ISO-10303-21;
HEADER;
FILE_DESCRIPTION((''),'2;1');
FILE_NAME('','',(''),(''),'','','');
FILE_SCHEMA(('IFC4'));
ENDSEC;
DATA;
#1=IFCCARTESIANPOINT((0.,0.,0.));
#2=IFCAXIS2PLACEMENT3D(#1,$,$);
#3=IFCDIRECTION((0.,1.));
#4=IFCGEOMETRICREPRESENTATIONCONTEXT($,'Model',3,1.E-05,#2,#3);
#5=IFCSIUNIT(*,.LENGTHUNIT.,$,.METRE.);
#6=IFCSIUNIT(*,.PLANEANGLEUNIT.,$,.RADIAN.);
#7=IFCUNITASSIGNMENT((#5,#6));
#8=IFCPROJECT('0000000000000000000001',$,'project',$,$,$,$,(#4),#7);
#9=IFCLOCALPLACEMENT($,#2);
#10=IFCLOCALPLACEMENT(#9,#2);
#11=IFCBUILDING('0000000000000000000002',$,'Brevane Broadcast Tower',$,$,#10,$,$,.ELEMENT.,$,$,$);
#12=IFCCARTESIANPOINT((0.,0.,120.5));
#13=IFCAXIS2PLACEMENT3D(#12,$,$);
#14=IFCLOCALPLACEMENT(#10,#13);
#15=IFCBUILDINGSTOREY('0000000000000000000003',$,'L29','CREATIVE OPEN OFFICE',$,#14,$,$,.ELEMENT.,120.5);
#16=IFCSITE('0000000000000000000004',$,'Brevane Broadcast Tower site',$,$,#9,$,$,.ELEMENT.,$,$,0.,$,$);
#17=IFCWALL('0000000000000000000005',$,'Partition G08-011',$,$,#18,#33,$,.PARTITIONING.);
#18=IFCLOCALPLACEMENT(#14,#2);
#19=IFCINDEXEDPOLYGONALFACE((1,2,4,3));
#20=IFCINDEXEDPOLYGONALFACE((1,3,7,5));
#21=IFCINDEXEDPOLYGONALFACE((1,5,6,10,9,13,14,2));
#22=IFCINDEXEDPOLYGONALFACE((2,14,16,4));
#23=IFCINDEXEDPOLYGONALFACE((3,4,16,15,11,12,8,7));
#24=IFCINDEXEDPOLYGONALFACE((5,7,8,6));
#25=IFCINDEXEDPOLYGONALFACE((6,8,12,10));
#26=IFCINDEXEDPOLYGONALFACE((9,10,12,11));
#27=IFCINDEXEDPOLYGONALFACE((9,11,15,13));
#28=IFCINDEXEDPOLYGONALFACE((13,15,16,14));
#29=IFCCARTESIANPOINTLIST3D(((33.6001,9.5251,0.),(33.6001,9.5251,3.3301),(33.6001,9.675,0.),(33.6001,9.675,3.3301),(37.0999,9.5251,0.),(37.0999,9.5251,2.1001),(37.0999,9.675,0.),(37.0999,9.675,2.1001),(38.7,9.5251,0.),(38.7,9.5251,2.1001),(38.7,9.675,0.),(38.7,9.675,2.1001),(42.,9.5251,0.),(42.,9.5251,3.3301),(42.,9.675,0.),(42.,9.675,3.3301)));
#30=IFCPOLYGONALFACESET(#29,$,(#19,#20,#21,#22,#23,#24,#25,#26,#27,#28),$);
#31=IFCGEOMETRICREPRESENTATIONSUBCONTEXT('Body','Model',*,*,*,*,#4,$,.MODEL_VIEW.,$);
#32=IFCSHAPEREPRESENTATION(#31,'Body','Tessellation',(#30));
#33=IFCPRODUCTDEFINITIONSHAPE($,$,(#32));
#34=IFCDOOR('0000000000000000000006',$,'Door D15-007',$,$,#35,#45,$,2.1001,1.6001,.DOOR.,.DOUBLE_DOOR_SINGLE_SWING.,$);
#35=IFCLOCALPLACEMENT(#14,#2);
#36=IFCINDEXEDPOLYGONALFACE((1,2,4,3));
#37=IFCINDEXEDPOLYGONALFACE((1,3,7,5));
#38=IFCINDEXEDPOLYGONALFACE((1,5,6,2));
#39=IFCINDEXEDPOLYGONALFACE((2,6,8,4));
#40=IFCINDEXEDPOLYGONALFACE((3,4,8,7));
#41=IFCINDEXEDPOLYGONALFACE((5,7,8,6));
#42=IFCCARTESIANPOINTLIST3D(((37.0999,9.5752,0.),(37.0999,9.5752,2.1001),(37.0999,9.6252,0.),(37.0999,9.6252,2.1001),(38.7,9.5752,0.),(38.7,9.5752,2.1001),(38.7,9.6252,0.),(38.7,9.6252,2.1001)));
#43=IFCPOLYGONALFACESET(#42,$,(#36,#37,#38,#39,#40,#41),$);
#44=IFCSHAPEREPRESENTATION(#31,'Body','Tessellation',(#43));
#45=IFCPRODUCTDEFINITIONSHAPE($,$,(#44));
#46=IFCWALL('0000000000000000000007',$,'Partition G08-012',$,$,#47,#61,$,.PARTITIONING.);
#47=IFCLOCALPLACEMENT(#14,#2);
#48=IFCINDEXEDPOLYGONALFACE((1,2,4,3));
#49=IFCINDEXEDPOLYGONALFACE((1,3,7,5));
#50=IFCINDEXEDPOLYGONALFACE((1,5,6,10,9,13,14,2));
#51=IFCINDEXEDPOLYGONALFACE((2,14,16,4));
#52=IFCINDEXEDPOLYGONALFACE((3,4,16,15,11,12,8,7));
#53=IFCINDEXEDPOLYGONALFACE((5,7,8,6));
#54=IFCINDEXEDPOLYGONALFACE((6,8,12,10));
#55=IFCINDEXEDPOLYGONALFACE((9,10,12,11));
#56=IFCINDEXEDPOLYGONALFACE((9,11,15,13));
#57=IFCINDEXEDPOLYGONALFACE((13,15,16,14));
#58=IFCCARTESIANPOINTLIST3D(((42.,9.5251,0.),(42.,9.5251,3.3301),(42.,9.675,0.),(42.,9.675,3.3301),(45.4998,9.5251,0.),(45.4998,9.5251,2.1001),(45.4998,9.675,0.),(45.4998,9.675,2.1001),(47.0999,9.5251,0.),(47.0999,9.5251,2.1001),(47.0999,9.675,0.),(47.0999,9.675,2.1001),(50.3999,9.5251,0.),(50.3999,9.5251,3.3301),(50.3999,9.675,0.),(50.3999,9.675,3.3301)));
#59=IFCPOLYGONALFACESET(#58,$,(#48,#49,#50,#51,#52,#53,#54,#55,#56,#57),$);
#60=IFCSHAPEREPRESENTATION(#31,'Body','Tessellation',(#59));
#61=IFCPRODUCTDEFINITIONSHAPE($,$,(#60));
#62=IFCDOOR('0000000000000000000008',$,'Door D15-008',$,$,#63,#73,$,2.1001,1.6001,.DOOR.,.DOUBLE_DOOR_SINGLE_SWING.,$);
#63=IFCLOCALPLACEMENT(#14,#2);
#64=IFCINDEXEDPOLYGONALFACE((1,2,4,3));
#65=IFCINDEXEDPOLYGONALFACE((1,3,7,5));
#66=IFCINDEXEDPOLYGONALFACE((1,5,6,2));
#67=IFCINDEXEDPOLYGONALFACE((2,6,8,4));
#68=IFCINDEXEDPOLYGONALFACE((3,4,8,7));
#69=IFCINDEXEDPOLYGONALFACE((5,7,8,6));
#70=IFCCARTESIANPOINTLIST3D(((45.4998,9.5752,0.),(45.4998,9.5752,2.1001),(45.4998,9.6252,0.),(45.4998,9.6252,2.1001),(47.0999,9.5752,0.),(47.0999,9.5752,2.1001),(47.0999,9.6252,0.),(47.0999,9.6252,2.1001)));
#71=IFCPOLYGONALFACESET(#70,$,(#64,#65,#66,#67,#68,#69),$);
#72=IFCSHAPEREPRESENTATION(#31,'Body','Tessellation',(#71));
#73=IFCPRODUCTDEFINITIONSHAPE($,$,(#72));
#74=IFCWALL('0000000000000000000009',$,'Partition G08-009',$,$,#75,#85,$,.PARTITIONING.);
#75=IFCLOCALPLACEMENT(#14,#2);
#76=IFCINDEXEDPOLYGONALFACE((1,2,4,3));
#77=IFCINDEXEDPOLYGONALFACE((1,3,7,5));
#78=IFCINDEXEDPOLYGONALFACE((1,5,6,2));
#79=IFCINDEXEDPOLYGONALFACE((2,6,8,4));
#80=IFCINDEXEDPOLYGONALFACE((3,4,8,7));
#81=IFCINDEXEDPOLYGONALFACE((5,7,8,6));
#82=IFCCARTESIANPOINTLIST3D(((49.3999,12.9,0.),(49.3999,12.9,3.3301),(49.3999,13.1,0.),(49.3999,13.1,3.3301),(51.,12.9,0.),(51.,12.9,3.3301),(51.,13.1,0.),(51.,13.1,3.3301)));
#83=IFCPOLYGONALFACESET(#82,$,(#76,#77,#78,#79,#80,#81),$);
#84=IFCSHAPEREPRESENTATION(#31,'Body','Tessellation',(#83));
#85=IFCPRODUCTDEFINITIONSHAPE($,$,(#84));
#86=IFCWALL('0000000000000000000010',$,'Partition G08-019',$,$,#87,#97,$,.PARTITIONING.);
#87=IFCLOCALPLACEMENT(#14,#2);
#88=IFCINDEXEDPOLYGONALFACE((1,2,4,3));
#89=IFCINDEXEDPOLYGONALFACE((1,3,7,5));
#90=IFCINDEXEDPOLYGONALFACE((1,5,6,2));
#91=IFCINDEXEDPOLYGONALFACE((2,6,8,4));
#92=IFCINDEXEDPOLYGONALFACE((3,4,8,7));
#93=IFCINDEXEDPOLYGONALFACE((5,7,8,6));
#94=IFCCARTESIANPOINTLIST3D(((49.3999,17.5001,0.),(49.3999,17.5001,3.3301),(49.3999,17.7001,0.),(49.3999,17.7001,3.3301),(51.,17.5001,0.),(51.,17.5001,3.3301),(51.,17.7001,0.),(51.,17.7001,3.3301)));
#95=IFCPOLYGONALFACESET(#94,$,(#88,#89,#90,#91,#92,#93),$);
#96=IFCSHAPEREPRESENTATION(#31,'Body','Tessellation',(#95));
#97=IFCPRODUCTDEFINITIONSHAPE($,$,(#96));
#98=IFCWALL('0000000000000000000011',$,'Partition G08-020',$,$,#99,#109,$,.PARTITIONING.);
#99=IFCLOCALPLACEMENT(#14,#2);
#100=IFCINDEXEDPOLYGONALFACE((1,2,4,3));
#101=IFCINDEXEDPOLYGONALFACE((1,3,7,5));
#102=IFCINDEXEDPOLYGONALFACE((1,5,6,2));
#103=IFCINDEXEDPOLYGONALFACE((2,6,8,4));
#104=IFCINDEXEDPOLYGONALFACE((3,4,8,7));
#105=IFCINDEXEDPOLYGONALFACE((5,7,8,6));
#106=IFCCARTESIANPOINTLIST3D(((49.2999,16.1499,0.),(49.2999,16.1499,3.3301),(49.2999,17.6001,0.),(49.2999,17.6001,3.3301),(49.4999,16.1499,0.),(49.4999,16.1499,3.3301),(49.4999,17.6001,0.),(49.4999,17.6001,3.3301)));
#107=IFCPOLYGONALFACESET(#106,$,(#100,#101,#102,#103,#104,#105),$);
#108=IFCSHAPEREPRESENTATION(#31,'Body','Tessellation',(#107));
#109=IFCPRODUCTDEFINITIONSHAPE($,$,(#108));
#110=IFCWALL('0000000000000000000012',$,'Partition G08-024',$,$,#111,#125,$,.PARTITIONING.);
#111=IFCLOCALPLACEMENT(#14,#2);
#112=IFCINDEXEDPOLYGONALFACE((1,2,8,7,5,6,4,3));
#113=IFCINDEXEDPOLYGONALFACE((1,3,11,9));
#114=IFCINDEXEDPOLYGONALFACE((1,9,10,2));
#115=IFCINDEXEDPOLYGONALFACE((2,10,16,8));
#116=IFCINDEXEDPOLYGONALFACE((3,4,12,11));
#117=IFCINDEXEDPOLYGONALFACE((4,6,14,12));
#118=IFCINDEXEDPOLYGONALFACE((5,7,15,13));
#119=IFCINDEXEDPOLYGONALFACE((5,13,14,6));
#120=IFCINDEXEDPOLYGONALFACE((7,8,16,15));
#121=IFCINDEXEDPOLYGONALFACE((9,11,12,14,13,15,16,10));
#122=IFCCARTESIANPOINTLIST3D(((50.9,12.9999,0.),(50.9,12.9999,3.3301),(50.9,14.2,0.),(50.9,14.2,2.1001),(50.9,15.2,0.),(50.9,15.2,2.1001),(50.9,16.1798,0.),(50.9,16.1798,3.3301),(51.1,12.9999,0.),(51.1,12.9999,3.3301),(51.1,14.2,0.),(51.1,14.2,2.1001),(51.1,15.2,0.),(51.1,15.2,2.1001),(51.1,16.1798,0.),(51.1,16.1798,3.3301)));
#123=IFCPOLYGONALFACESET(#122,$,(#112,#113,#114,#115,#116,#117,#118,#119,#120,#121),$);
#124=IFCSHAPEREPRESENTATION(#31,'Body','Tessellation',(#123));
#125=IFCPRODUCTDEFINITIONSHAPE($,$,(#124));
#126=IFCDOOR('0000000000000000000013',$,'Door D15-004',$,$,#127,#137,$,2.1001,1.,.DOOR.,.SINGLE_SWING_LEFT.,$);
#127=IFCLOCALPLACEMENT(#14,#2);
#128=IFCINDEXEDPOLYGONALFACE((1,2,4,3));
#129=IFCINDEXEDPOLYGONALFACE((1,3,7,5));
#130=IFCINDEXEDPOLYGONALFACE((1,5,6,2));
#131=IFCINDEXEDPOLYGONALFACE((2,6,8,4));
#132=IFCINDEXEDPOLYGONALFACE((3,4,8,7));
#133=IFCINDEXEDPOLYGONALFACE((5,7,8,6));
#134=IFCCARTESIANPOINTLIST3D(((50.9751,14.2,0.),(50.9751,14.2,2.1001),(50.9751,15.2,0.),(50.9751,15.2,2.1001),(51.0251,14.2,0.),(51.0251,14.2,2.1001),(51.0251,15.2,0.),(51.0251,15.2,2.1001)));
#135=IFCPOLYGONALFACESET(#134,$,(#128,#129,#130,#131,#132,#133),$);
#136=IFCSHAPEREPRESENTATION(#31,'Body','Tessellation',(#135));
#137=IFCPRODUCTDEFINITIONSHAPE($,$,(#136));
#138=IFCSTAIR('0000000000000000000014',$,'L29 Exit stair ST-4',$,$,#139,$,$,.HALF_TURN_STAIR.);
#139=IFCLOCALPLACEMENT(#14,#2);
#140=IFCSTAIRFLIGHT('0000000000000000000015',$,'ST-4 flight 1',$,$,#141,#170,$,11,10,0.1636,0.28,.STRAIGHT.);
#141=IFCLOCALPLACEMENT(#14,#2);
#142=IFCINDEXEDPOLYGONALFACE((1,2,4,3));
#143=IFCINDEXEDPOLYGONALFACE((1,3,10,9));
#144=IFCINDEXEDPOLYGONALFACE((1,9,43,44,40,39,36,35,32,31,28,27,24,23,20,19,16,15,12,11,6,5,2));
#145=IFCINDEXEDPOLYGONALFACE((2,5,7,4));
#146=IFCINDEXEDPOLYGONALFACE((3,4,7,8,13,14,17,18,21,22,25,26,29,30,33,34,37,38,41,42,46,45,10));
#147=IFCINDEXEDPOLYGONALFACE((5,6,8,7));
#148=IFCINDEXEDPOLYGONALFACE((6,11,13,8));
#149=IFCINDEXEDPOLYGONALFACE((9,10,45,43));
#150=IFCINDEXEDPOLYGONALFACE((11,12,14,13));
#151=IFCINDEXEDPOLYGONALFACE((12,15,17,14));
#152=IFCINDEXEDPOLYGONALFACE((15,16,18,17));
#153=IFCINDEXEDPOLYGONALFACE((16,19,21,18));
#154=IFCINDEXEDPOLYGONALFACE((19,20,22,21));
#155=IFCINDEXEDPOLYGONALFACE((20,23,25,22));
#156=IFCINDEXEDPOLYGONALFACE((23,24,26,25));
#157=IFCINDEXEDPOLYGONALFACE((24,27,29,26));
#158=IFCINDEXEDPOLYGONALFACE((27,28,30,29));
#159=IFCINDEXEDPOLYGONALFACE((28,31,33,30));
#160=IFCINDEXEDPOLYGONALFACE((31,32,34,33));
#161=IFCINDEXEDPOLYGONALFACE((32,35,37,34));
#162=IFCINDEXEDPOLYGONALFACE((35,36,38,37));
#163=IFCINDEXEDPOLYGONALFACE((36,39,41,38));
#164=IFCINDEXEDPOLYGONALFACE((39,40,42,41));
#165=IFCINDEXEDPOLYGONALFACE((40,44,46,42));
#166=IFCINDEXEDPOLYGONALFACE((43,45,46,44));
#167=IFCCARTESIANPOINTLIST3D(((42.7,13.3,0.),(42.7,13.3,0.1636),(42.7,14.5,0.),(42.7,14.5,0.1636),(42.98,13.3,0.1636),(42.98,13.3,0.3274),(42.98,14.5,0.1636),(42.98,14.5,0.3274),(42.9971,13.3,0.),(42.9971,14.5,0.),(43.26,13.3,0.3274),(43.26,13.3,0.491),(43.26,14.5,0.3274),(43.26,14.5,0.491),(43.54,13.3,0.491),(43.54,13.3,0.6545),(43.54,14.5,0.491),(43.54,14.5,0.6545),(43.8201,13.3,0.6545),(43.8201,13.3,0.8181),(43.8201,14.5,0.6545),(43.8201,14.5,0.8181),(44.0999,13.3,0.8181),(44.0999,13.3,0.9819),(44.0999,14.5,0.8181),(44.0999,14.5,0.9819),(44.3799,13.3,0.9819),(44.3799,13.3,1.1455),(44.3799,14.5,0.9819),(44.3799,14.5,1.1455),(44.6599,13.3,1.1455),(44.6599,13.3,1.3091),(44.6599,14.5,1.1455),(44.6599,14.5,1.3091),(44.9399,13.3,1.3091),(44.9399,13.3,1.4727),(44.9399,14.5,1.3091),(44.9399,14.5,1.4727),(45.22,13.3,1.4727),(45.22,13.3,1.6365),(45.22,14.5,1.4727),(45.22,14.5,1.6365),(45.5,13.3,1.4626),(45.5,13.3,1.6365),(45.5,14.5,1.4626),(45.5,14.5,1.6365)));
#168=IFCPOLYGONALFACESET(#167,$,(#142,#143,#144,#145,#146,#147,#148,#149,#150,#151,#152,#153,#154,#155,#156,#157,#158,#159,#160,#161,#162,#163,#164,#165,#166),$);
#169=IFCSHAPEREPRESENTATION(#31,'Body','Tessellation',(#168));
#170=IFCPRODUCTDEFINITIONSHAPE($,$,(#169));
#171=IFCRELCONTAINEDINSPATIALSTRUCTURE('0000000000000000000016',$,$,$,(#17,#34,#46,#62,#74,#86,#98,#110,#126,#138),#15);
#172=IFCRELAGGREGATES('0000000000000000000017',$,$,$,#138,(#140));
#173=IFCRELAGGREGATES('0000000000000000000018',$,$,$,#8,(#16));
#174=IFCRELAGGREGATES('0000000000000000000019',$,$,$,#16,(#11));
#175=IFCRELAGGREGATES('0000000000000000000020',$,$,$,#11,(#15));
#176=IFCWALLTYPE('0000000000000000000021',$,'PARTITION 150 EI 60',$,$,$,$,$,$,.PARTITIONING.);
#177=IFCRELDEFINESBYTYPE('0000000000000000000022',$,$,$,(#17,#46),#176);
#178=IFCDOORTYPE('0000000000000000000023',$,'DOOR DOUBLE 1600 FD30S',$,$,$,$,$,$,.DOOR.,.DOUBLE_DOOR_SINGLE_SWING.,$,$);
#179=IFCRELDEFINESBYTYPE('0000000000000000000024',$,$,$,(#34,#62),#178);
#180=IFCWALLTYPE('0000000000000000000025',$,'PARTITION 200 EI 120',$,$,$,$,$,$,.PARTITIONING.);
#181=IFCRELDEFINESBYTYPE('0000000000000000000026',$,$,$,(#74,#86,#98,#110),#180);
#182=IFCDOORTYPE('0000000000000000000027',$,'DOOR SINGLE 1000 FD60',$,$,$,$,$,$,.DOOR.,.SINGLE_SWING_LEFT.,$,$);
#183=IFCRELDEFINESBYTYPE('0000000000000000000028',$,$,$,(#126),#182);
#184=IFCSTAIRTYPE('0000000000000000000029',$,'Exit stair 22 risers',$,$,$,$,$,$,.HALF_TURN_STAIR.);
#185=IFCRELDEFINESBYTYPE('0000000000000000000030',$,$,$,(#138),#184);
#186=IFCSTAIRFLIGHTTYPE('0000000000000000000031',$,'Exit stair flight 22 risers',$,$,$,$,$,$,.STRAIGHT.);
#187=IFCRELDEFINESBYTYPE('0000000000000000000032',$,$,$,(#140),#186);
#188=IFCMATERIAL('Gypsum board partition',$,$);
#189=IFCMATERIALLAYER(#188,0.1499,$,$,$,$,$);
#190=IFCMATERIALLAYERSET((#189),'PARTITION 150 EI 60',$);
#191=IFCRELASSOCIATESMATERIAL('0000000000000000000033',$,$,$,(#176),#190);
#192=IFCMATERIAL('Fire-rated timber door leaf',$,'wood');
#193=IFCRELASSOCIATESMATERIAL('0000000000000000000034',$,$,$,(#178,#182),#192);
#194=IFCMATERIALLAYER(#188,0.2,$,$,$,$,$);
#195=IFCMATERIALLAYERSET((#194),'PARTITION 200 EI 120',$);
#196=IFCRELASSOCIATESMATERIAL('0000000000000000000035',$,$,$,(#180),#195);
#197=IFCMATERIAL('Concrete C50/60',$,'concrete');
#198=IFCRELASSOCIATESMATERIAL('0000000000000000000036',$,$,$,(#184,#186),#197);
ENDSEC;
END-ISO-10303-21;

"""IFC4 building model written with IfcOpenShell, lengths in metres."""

from ifc_helpers import new_model, si_unit, direction, frame, frame_2d, origin, place, context, subcontext, project, spatial, polyline, rectangle, outline, extrude, material, layer, layer_set, type_object, element, fill, aggregate, save


model = new_model("IFC4")

# Units and contexts
model_context = context("Model", 3, precision=1e-05, world=origin(), true_north=direction((0.0, 1.0)))
body_context = subcontext(model_context, "Body", "Model", "MODEL_VIEW")
ifc_project = project(units=[si_unit("LENGTHUNIT", "METRE"), si_unit("PLANEANGLEUNIT", "RADIAN")], contexts=[model_context])

# Site, building, storey
site_placement = place(None, origin())
site = spatial("IfcSite", under=ifc_project, at=site_placement, Name="Brevane Broadcast Tower site", CompositionType="ELEMENT", RefElevation=0.0)
building_placement = place(site_placement, origin())
building = spatial("IfcBuilding", under=site, at=building_placement, Name="Brevane Broadcast Tower", CompositionType="ELEMENT")
storey_placement = place(building_placement, frame((0.0, 0.0, 120.5)))
storey = spatial("IfcBuildingStorey", under=building, at=storey_placement, Name="L29", Description="CREATIVE OPEN OFFICE", CompositionType="ELEMENT", Elevation=120.5)

# Shared definitions
ifc_material_1 = material(Name="Gypsum board partition")

# Walls, openings, doors
ifc_layer_1 = layer(ifc_material_1, 0.1499)
ifc_layer_set_1 = layer_set([ifc_layer_1], Name="PARTITION 150 EI 60")
wall_type_1 = type_object("IfcWallType", Name="PARTITION 150 EI 60", PredefinedType="PARTITIONING", material=ifc_layer_set_1)
wall_1_placement = place(storey_placement, frame((42.0, 9.6001, 0.0), z_axis=(0.0, 0.0, 1.0), x_axis=(-1.0, 0.0, 0.0)))
wall_1 = element("IfcWall", 1, at=wall_1_placement, inside=storey, type_object=wall_type_1, Name="Partition G08-011", PredefinedType="PARTITIONING", context=body_context, shape_type="SweptSolid", body=[
    extrude(rectangle(XDim=8.3999, YDim=0.1499, at=frame_2d((4.2, 0.0))), origin(), (0.0, 0.0, 1.0), 3.3301),
])
opening_1_placement = place(wall_1_placement, frame((3.3, 0.0, 0.0)))
opening_1 = element("IfcOpeningElement", 2, at=opening_1_placement, cuts=wall_1, PredefinedType="OPENING", context=body_context, shape_type="SweptSolid", body=[
    extrude(rectangle(XDim=1.6001, YDim=2.1001, at=frame_2d((0.8, 1.05))), frame((0.0, 0.085, 0.0), z_axis=(0.0, -1.0, 0.0), x_axis=(1.0, 0.0, 0.0)), (0.0, 0.0, 1.0), 0.1699),
])
ifc_material_2 = material(Name="Fire-rated timber door leaf", Category="wood")
door_type_1 = type_object("IfcDoorType", Name="DOOR DOUBLE 1600 FD30S", OperationType="DOUBLE_DOOR_SINGLE_SWING", PredefinedType="DOOR", material=ifc_material_2)
door_1_placement = place(opening_1_placement, origin())
door_1 = element("IfcDoor", 3, at=door_1_placement, inside=storey, type_object=door_type_1, Name="Door D15-007", OperationType="DOUBLE_DOOR_SINGLE_SWING", OverallHeight=2.1001, OverallWidth=1.6001, PredefinedType="DOOR", context=body_context, shape_type="SweptSolid", body=[
    extrude(rectangle(XDim=1.6001, YDim=2.1001, at=frame_2d((0.8, 1.05))), frame((0.0, 0.0249, 0.0), z_axis=(0.0, -1.0, 0.0), x_axis=(1.0, 0.0, 0.0)), (0.0, 0.0, 1.0), 0.05),
])
fill(opening_1, door_1)
wall_2_placement = place(storey_placement, frame((50.3999, 9.6001, 0.0), z_axis=(0.0, 0.0, 1.0), x_axis=(-1.0, 0.0, 0.0)))
wall_2 = element("IfcWall", 4, at=wall_2_placement, inside=storey, type_object=wall_type_1, Name="Partition G08-012", PredefinedType="PARTITIONING", context=body_context, shape_type="SweptSolid", body=[
    extrude(rectangle(XDim=8.3999, YDim=0.1499, at=frame_2d((4.2, 0.0))), origin(), (0.0, 0.0, 1.0), 3.3301),
])
opening_2_placement = place(wall_2_placement, frame((3.3, 0.0, 0.0)))
opening_2 = element("IfcOpeningElement", 5, at=opening_2_placement, cuts=wall_2, PredefinedType="OPENING", context=body_context, shape_type="SweptSolid", body=[
    extrude(rectangle(XDim=1.6001, YDim=2.1001, at=frame_2d((0.8, 1.05))), frame((0.0, 0.085, 0.0), z_axis=(0.0, -1.0, 0.0), x_axis=(1.0, 0.0, 0.0)), (0.0, 0.0, 1.0), 0.1699),
])
door_2_placement = place(opening_2_placement, origin())
door_2 = element("IfcDoor", 6, at=door_2_placement, inside=storey, type_object=door_type_1, Name="Door D15-008", OperationType="DOUBLE_DOOR_SINGLE_SWING", OverallHeight=2.1001, OverallWidth=1.6001, PredefinedType="DOOR", context=body_context, shape_type="SweptSolid", body=[
    extrude(rectangle(XDim=1.6001, YDim=2.1001, at=frame_2d((0.8, 1.05))), frame((0.0, 0.0249, 0.0), z_axis=(0.0, -1.0, 0.0), x_axis=(1.0, 0.0, 0.0)), (0.0, 0.0, 1.0), 0.05),
])
fill(opening_2, door_2)

# Walls
ifc_layer_2 = layer(ifc_material_1, 0.2)
ifc_layer_set_2 = layer_set([ifc_layer_2], Name="PARTITION 200 EI 120")
wall_type_2 = type_object("IfcWallType", Name="PARTITION 200 EI 120", PredefinedType="PARTITIONING", material=ifc_layer_set_2)
for number, where, z_axis, x_axis, name in (
    (7, (49.3999, 13.0, 0.0), (0.0, 0.0, 1.0), (1.0, 0.0, 0.0), "Partition G08-009"),
    (8, (51.0, 17.6001, 0.0), (0.0, 0.0, 1.0), (-1.0, 0.0, 0.0), "Partition G08-019"),
):
    element("IfcWall", number, at=place(storey_placement, frame(where, z_axis=z_axis, x_axis=x_axis)), inside=storey, type_object=wall_type_2, Name=name, PredefinedType="PARTITIONING", context=body_context, shape_type="SweptSolid", body=[
        extrude(rectangle(XDim=1.6001, YDim=0.2, at=frame_2d((0.8, 0.0))), origin(), (0.0, 0.0, 1.0), 3.3301),
    ])
wall_3_placement = place(storey_placement, frame((49.3999, 17.6001, 0.0), z_axis=(0.0, 0.0, 1.0), x_axis=(0.0, -1.0, 0.0)))
element("IfcWall", 9, at=wall_3_placement, inside=storey, type_object=wall_type_2, Name="Partition G08-020", PredefinedType="PARTITIONING", context=body_context, shape_type="SweptSolid", body=[
    extrude(rectangle(XDim=1.4502, YDim=0.2, at=frame_2d((0.7251, 0.0))), origin(), (0.0, 0.0, 1.0), 3.3301),
])

# Wall, opening, door
wall_4_placement = place(storey_placement, frame((51.0, 13.0, 0.0), z_axis=(0.0, 0.0, 1.0), x_axis=(0.0, 1.0, 0.0)))
wall_4 = element("IfcWall", 10, at=wall_4_placement, inside=storey, type_object=wall_type_2, Name="Partition G08-024", PredefinedType="PARTITIONING", context=body_context, shape_type="SweptSolid", body=[
    extrude(rectangle(XDim=3.1799, YDim=0.2, at=frame_2d((1.5898, 0.0))), origin(), (0.0, 0.0, 1.0), 3.3301),
])
opening_3_placement = place(wall_4_placement, frame((1.2, 0.0, 0.0)))
opening_3 = element("IfcOpeningElement", 11, at=opening_3_placement, cuts=wall_4, PredefinedType="OPENING", context=body_context, shape_type="SweptSolid", body=[
    extrude(rectangle(XDim=1.0, YDim=2.1001, at=frame_2d((0.5, 1.05))), frame((0.0, 0.1099, 0.0), z_axis=(0.0, -1.0, 0.0), x_axis=(1.0, 0.0, 0.0)), (0.0, 0.0, 1.0), 0.22),
])
door_type_2 = type_object("IfcDoorType", Name="DOOR SINGLE 1000 FD60", OperationType="SINGLE_SWING_LEFT", PredefinedType="DOOR", material=ifc_material_2)
door_3_placement = place(opening_3_placement, origin())
door_3 = element("IfcDoor", 12, at=door_3_placement, inside=storey, type_object=door_type_2, Name="Door D15-004", OperationType="SINGLE_SWING_LEFT", OverallHeight=2.1001, OverallWidth=1.0, PredefinedType="DOOR", context=body_context, shape_type="SweptSolid", body=[
    extrude(rectangle(XDim=1.0, YDim=2.1001, at=frame_2d((0.5, 1.05))), frame((0.0, 0.0249, 0.0), z_axis=(0.0, -1.0, 0.0), x_axis=(1.0, 0.0, 0.0)), (0.0, 0.0, 1.0), 0.05),
])
fill(opening_3, door_3)

# Stair, stair flight
ifc_material_3 = material(Name="Concrete C50/60", Category="concrete")
stair_type = type_object("IfcStairType", Name="Exit stair 22 risers", PredefinedType="HALF_TURN_STAIR", material=ifc_material_3)
stair_placement = place(storey_placement, origin())
stair = element("IfcStair", 13, at=stair_placement, inside=storey, type_object=stair_type, Name="L29 Exit stair ST-4", PredefinedType="HALF_TURN_STAIR")
stair_flight_type = type_object("IfcStairFlightType", Name="Exit stair flight 22 risers", PredefinedType="STRAIGHT", material=ifc_material_3)
stair_flight_1_placement = place(storey_placement, frame((42.7, 13.8999, 0.0), z_axis=(0.0, 0.0, 1.0), x_axis=(1.0, 0.0, 0.0)))
stair_flight_1 = element("IfcStairFlight", 14, at=stair_flight_1_placement, type_object=stair_flight_type, Name="ST-4 flight 1", NumberOfRisers=11, NumberOfTreads=10, PredefinedType="STRAIGHT", RiserHeight=0.1636, TreadLength=0.28, context=body_context, shape_type="SweptSolid", body=[
    extrude(outline(polyline([(0.0, 0.0), (0.0, 0.1636), (0.28, 0.1636), (0.28, 0.3274), (0.5601, 0.3274), (0.5601, 0.491), (0.8401, 0.491), (0.8401, 0.6545), (1.1201, 0.6545), (1.1201, 0.8181), (1.3999, 0.8181), (1.3999, 0.9819), (1.6799, 0.9819), (1.6799, 1.1455), (1.96, 1.1455), (1.96, 1.3091), (2.24, 1.3091), (2.24, 1.4727), (2.52, 1.4727), (2.52, 1.6365), (2.8, 1.6365), (2.8, 1.8), (2.8, 1.4626), (0.2971, 0.0), (0.0, 0.0)])), frame((0.0, 0.6001, 0.0), z_axis=(0.0, -1.0, 0.0), x_axis=(1.0, 0.0, 0.0)), (0.0, 0.0, 1.0), 1.2),
])
aggregate(stair, [stair_flight_1])

save(model, "model.ifc")
